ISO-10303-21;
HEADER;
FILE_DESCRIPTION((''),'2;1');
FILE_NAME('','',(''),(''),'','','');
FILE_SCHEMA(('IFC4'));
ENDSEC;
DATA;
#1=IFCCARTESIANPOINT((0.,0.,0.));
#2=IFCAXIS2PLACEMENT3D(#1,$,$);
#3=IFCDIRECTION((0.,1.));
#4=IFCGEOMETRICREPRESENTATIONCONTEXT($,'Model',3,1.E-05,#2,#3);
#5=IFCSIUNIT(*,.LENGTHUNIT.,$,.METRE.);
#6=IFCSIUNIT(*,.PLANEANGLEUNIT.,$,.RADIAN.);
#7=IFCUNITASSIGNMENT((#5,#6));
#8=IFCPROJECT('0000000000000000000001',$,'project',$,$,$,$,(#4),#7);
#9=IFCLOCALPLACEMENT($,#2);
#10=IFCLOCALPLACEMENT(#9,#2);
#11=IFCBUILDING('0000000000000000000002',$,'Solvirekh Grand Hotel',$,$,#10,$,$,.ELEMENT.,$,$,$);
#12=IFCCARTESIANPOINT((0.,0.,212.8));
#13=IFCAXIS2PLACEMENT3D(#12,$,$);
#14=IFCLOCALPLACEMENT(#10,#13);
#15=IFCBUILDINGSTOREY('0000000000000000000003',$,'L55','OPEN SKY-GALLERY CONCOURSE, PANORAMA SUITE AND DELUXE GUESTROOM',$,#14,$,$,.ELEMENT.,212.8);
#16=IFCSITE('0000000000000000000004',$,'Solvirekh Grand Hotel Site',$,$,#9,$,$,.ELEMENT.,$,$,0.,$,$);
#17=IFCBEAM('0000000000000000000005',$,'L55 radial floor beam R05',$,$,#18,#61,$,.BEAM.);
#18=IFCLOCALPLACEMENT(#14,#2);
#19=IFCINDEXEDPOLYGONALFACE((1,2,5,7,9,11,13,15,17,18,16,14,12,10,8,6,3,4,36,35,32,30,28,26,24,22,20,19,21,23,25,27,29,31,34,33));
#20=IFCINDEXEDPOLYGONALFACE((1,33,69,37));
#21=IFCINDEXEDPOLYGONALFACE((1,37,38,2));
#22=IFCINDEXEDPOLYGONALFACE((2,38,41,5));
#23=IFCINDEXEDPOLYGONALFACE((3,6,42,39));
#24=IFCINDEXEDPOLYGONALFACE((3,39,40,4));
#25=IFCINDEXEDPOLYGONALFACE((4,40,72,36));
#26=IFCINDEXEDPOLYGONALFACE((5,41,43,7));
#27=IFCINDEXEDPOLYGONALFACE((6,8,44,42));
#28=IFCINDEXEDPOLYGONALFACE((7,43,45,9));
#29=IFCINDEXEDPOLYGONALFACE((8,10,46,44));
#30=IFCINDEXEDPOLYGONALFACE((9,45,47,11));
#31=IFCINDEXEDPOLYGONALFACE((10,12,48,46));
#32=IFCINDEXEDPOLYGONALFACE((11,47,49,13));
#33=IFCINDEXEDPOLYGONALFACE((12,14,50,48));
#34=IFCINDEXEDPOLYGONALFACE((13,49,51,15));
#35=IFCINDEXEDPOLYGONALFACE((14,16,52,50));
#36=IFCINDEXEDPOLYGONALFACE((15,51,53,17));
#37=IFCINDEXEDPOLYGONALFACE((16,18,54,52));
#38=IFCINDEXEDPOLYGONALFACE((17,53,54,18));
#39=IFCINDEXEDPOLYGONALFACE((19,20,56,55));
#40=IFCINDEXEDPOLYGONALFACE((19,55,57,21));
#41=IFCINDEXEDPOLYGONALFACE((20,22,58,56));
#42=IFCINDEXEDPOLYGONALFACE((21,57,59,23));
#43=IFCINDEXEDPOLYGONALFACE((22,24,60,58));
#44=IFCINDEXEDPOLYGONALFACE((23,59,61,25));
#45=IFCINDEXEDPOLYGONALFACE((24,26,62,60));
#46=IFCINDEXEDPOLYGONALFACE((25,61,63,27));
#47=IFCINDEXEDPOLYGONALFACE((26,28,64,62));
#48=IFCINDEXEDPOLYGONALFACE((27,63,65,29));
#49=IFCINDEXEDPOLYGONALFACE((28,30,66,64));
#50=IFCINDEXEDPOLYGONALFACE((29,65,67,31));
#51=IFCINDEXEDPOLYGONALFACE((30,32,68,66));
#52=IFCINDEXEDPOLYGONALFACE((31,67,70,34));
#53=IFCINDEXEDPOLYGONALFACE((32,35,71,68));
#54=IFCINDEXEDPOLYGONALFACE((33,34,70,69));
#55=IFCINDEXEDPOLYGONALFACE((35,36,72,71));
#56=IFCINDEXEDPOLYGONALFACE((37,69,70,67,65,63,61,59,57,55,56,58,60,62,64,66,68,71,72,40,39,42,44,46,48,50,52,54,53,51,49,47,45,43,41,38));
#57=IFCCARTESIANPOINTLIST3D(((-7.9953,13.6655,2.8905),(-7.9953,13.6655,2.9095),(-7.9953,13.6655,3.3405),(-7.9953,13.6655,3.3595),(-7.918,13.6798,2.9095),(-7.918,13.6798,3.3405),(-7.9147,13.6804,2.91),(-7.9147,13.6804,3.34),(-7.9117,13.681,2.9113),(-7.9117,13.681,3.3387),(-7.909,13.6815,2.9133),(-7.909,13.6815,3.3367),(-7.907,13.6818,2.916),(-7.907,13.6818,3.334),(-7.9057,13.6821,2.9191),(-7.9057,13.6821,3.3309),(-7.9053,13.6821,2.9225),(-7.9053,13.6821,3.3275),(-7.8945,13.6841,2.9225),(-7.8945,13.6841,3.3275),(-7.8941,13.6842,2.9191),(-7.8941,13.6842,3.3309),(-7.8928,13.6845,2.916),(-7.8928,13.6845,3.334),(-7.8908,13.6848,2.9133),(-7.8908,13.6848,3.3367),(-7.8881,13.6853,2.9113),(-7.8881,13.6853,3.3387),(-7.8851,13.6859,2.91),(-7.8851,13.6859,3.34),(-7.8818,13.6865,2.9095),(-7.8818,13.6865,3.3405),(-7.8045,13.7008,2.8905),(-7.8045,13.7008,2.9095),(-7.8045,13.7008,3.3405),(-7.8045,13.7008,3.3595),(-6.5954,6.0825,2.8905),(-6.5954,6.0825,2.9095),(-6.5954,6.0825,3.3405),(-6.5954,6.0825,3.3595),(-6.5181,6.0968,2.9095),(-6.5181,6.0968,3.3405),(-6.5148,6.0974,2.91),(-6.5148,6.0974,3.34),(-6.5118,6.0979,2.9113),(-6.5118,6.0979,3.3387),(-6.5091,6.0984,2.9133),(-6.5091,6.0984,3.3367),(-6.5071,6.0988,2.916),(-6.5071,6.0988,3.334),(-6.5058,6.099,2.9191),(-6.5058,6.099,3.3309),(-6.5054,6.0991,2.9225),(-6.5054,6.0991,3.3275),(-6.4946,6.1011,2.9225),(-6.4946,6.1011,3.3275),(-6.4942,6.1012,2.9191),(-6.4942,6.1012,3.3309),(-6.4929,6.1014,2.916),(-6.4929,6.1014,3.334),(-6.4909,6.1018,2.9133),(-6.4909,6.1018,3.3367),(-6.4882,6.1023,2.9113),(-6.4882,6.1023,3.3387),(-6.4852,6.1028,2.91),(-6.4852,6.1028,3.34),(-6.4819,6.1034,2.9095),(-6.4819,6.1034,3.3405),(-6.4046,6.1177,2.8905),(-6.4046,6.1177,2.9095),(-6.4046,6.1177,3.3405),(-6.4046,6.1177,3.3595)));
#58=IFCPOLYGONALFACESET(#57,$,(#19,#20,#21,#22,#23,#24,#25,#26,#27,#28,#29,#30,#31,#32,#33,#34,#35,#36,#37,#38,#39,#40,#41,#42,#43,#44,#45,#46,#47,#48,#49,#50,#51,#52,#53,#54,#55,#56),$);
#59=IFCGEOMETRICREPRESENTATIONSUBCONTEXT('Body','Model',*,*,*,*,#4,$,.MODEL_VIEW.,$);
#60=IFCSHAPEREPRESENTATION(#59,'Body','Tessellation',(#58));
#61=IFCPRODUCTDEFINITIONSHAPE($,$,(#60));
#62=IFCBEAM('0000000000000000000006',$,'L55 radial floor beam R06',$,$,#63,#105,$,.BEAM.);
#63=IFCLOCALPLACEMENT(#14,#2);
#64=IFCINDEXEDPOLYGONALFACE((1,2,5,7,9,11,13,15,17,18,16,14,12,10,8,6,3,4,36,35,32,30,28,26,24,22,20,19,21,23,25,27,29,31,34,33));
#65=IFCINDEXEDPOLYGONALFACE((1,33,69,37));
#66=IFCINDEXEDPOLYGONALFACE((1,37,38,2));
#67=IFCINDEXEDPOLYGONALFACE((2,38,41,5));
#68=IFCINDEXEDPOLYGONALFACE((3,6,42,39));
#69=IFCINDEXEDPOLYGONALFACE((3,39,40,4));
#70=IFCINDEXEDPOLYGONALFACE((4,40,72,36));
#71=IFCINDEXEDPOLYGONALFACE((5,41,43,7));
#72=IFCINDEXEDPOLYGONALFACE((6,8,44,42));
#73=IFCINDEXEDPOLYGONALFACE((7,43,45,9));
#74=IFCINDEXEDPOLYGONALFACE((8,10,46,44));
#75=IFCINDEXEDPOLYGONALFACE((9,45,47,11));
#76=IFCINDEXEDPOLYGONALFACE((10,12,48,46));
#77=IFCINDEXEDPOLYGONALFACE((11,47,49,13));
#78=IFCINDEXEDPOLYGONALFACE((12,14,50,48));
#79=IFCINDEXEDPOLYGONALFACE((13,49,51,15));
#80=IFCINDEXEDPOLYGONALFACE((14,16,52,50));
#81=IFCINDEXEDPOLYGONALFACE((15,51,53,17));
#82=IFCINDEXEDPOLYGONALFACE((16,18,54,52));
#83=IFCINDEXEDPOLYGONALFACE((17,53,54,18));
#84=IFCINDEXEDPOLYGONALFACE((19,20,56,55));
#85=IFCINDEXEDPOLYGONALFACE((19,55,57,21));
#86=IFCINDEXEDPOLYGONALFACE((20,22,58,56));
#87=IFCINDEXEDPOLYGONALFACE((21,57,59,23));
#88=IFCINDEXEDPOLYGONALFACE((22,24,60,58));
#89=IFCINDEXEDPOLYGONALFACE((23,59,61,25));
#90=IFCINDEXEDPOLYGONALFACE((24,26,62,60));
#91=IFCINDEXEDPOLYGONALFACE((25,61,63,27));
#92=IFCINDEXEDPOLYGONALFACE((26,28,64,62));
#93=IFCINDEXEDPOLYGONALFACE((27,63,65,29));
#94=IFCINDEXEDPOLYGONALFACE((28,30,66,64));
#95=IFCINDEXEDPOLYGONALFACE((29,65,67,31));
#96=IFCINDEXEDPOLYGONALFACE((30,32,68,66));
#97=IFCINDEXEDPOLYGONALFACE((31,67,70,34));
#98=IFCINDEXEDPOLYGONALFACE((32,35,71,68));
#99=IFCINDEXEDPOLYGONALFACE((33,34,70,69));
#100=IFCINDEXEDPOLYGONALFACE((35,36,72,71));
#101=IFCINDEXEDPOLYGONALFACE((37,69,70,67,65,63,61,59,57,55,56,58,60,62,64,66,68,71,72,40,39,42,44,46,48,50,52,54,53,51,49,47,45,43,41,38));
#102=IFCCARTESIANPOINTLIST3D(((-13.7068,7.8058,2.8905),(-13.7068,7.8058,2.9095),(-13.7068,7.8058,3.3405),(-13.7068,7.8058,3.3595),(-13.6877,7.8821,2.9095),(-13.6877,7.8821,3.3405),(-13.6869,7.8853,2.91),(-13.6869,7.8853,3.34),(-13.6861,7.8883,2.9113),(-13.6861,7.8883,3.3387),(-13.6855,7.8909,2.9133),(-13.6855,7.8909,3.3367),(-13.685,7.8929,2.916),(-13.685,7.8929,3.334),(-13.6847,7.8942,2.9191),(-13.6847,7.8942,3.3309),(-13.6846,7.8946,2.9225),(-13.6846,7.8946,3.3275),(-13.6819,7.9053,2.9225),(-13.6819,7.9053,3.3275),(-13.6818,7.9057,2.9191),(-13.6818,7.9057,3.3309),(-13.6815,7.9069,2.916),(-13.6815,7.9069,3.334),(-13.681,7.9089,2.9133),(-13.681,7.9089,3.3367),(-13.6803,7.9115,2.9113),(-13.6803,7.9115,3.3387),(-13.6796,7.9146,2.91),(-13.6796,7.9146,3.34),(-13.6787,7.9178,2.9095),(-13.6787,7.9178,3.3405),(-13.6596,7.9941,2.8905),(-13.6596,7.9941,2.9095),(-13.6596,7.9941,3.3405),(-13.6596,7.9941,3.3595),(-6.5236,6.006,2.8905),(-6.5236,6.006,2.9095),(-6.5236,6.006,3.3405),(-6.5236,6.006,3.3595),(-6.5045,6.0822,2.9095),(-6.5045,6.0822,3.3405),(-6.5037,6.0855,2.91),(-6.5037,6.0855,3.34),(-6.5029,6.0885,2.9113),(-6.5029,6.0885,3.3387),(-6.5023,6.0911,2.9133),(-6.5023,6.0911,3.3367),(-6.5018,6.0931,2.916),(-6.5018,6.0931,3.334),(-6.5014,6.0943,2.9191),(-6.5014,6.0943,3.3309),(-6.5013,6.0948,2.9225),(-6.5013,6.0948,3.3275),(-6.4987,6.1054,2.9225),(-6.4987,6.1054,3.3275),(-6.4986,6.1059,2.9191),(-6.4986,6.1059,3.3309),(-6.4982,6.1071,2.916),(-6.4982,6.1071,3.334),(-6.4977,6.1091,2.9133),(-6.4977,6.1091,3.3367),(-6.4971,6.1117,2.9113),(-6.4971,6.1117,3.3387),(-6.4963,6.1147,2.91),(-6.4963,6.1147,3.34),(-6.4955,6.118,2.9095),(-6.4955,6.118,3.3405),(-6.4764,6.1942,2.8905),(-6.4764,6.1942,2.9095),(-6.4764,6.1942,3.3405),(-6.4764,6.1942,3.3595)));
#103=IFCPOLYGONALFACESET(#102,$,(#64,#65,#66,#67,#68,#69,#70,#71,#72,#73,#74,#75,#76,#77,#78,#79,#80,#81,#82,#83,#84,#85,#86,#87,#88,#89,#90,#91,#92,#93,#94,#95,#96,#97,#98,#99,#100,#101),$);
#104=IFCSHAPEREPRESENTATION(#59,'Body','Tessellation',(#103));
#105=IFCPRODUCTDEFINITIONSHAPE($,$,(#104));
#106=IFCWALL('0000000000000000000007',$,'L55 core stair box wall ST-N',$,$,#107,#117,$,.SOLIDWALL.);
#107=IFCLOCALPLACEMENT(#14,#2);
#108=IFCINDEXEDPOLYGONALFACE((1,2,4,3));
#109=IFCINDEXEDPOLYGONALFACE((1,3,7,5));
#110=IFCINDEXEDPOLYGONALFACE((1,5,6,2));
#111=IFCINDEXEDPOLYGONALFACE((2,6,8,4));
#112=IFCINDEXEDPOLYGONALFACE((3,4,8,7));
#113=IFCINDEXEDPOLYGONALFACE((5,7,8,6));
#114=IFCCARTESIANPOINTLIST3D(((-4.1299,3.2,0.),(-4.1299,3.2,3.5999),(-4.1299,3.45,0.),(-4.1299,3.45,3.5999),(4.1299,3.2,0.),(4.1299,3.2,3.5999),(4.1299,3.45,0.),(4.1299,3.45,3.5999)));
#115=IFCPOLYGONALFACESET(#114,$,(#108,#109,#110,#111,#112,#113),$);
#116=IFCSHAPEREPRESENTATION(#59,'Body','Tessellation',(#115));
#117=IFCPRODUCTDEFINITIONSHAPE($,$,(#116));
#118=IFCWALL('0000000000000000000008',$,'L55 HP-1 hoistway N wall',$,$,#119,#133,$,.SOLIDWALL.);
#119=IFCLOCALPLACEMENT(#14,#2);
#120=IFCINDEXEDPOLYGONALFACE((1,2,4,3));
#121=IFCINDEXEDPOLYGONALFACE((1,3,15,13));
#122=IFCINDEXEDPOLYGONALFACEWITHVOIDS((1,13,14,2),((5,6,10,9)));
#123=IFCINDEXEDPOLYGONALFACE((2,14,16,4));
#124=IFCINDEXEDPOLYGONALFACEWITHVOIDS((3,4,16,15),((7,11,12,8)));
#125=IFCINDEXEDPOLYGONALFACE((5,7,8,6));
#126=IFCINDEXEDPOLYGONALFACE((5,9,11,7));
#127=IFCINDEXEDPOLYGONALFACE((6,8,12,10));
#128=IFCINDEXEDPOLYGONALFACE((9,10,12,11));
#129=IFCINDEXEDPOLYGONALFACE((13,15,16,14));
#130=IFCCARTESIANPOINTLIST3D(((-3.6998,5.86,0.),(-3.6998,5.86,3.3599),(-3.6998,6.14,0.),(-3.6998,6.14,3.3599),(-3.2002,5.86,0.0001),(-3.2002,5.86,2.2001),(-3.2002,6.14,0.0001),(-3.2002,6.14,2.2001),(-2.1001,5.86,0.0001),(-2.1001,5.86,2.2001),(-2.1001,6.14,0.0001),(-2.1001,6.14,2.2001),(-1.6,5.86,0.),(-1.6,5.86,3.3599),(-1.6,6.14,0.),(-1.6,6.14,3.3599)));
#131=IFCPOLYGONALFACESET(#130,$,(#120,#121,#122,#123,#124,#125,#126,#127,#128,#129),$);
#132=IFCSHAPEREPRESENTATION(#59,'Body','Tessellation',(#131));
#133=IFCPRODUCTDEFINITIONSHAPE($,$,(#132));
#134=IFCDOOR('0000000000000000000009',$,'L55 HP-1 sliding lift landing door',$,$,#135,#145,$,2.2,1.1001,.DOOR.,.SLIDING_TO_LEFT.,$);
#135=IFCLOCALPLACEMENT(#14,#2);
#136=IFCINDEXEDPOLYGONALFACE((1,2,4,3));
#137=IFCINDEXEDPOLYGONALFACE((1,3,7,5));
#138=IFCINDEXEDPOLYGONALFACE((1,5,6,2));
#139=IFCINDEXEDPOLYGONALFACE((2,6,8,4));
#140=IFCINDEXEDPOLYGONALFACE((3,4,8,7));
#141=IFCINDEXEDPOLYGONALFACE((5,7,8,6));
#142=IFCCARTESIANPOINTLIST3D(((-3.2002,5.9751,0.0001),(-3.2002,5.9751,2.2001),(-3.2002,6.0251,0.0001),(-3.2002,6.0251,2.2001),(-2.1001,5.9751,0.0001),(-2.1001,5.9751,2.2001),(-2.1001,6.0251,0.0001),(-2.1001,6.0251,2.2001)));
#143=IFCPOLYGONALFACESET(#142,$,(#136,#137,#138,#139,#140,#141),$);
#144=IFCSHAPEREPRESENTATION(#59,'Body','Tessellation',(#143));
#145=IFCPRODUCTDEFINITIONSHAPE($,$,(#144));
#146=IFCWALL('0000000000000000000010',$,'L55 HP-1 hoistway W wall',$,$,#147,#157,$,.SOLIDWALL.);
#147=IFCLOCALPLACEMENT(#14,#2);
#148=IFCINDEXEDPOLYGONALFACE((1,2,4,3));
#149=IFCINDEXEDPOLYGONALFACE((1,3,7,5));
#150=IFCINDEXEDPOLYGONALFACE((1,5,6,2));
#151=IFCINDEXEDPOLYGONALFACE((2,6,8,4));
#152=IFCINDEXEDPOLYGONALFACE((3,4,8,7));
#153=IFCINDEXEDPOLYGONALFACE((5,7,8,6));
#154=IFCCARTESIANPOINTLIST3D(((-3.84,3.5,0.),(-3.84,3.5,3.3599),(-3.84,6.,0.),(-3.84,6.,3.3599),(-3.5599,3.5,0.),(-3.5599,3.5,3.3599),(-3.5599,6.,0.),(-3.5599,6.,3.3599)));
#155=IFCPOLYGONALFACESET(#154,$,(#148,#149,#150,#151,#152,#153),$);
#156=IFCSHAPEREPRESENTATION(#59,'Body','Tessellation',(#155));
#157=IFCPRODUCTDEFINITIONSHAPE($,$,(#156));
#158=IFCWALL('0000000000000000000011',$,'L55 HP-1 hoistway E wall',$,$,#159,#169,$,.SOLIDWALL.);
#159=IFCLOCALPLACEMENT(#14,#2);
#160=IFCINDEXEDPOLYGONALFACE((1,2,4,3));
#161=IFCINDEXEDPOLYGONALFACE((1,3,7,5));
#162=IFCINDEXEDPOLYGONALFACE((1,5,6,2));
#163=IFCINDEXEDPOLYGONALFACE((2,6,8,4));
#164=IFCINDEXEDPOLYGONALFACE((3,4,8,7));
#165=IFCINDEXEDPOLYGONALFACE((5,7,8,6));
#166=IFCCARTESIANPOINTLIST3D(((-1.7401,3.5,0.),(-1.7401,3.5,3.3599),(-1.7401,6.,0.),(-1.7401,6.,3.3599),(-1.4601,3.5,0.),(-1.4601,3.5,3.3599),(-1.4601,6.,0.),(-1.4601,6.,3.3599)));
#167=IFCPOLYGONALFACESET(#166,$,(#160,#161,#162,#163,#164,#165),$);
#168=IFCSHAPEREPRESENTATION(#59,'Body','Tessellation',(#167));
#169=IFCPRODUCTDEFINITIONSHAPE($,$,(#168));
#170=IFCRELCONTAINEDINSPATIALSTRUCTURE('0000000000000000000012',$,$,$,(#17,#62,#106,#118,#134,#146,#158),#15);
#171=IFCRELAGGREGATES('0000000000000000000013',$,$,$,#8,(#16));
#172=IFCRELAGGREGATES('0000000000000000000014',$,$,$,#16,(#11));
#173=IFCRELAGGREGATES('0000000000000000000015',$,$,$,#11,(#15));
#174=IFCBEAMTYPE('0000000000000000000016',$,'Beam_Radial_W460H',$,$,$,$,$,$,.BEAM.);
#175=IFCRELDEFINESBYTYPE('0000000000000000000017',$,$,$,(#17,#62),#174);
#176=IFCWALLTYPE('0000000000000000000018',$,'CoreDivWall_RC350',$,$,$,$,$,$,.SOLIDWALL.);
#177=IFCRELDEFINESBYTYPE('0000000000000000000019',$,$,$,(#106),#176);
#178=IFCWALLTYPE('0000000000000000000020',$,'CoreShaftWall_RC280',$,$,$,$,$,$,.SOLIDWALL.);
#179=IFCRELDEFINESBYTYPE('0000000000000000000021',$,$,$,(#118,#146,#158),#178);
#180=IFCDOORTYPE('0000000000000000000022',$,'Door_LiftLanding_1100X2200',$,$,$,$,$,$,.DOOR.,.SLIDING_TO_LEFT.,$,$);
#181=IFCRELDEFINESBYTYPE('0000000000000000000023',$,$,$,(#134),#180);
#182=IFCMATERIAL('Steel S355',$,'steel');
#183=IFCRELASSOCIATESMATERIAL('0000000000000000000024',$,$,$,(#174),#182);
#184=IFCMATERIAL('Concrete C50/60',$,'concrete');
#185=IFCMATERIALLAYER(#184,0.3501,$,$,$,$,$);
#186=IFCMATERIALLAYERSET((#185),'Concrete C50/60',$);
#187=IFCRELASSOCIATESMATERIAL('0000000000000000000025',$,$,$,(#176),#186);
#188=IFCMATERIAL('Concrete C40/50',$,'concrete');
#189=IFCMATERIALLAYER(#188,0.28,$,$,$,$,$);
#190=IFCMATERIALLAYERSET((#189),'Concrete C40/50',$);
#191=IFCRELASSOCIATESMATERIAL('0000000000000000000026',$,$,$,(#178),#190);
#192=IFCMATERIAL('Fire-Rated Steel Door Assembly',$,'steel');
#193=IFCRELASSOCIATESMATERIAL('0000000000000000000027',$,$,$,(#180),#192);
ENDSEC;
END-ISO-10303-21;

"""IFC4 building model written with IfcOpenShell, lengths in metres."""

from ifc_helpers import new_model, si_unit, direction, frame, frame_2d, origin, origin_2d, place, context, subcontext, project, spatial, rectangle, i_section, extrude, material, layer, layer_set, material_profile, profile_set, type_object, element, fill, save


model = new_model("IFC4")

# Units and contexts
model_context = context("Model", 3, precision=1e-05, world=origin(), true_north=direction((0.0, 1.0)))
body_context = subcontext(model_context, "Body", "Model", "MODEL_VIEW")
ifc_project = project(units=[si_unit("LENGTHUNIT", "METRE"), si_unit("PLANEANGLEUNIT", "RADIAN")], contexts=[model_context])

# Site, building, storey
site_placement = place(None, origin())
site = spatial("IfcSite", under=ifc_project, at=site_placement, Name="Solvirekh Grand Hotel Site", CompositionType="ELEMENT", RefElevation=0.0)
building_placement = place(site_placement, origin())
building = spatial("IfcBuilding", under=site, at=building_placement, Name="Solvirekh Grand Hotel", CompositionType="ELEMENT")
storey_placement = place(building_placement, frame((0.0, 0.0, 212.8)))
storey = spatial("IfcBuildingStorey", under=building, at=storey_placement, Name="L55", Description="OPEN SKY-GALLERY CONCOURSE, PANORAMA SUITE AND DELUXE GUESTROOM", CompositionType="ELEMENT", Elevation=212.8)

# Beams
ifc_material_1 = material(Name="Steel S355", Category="steel")
ifc_material_profile = material_profile(ifc_material_1, i_section(OverallWidth=0.1941, OverallDepth=0.469, WebThickness=0.011, FlangeThickness=0.019, FilletRadius=0.0129, at=origin_2d()), Name="W460X106")
ifc_profile_set = profile_set([ifc_material_profile], Name="Steel S355")
beam_type = type_object("IfcBeamType", Name="Beam_Radial_W460H", PredefinedType="BEAM", material=ifc_profile_set)
beam_1_placement = place(storey_placement, frame((-6.5, 6.1001, 3.125), z_axis=(-0.181543, 0.983383, 0.0), x_axis=(-0.983383, -0.181543, 0.0)))
element("IfcBeam", 1, at=beam_1_placement, inside=storey, type_object=beam_type, Name="L55 radial floor beam R05", PredefinedType="BEAM", context=body_context, shape_type="SweptSolid", body=[
    extrude(i_section(OverallWidth=0.1941, OverallDepth=0.469, WebThickness=0.011, FlangeThickness=0.019, FilletRadius=0.0129, at=origin_2d()), origin(), (0.0, 0.0, 1.0), 7.7112),
])
beam_2_placement = place(storey_placement, frame((-6.5, 6.1001, 3.125), z_axis=(-0.970014, 0.243048, 0.0), x_axis=(-0.243048, -0.970014, 0.0)))
element("IfcBeam", 2, at=beam_2_placement, inside=storey, type_object=beam_type, Name="L55 radial floor beam R06", PredefinedType="BEAM", context=body_context, shape_type="SweptSolid", body=[
    extrude(i_section(OverallWidth=0.1941, OverallDepth=0.469, WebThickness=0.011, FlangeThickness=0.019, FilletRadius=0.0129, at=origin_2d()), origin(), (0.0, 0.0, 1.0), 7.4053),
])

# Wall
ifc_material_2 = material(Name="Concrete C50/60", Category="concrete")
ifc_layer_1 = layer(ifc_material_2, 0.3501)
ifc_layer_set_1 = layer_set([ifc_layer_1], Name="Concrete C50/60")
wall_type_1 = type_object("IfcWallType", Name="CoreDivWall_RC350", PredefinedType="SOLIDWALL", material=ifc_layer_set_1)
wall_1_placement = place(storey_placement, frame((-4.1299, 3.325, 0.0), z_axis=(0.0, 0.0, 1.0), x_axis=(1.0, 0.0, 0.0)))
element("IfcWall", 3, at=wall_1_placement, inside=storey, type_object=wall_type_1, Name="L55 core stair box wall ST-N", PredefinedType="SOLIDWALL", context=body_context, shape_type="SweptSolid", body=[
    extrude(rectangle(XDim=8.2598, YDim=0.25, at=frame_2d((4.1299, 0.0))), origin(), (0.0, 0.0, 1.0), 3.5999),
])

# Wall, opening, door
ifc_material_3 = material(Name="Concrete C40/50", Category="concrete")
ifc_layer_2 = layer(ifc_material_3, 0.28)
ifc_layer_set_2 = layer_set([ifc_layer_2], Name="Concrete C40/50")
wall_type_2 = type_object("IfcWallType", Name="CoreShaftWall_RC280", PredefinedType="SOLIDWALL", material=ifc_layer_set_2)
wall_2_placement = place(storey_placement, frame((-1.6001, 6.0, 0.0), z_axis=(0.0, 0.0, 1.0), x_axis=(-1.0, 0.0, 0.0)))
wall_2 = element("IfcWall", 4, at=wall_2_placement, inside=storey, type_object=wall_type_2, Name="L55 HP-1 hoistway N wall", PredefinedType="SOLIDWALL", context=body_context, shape_type="SweptSolid", body=[
    extrude(rectangle(XDim=2.0999, YDim=0.28, at=frame_2d((1.0498, 0.0))), origin(), (0.0, 0.0, 1.0), 3.3599),
])
opening_1_placement = place(wall_2_placement, frame((0.5, 0.0, 0.0)))
opening_1 = element("IfcOpeningElement", 5, at=opening_1_placement, cuts=wall_2, PredefinedType="OPENING", context=body_context, shape_type="SweptSolid", body=[
    extrude(rectangle(XDim=1.1001, YDim=2.2, at=frame_2d((0.55, 1.1001))), frame((0.0, 0.1499, 0.0), z_axis=(0.0, -1.0, 0.0), x_axis=(1.0, 0.0, 0.0)), (0.0, 0.0, 1.0), 0.3),
])
ifc_material_4 = material(Name="Fire-Rated Steel Door Assembly", Category="steel")
door_type_1 = type_object("IfcDoorType", Name="Door_LiftLanding_1100X2200", OperationType="SLIDING_TO_LEFT", PredefinedType="DOOR", material=ifc_material_4)
door_1_placement = place(opening_1_placement, origin())
door_1 = element("IfcDoor", 6, at=door_1_placement, inside=storey, type_object=door_type_1, Name="L55 HP-1 sliding lift landing door", OperationType="SLIDING_TO_LEFT", OverallHeight=2.2, OverallWidth=1.1001, PredefinedType="DOOR", context=body_context, shape_type="SweptSolid", body=[
    extrude(rectangle(XDim=1.1001, YDim=2.2, at=frame_2d((0.55, 1.1001))), frame((0.0, 0.0249, 0.0), z_axis=(0.0, -1.0, 0.0), x_axis=(1.0, 0.0, 0.0)), (0.0, 0.0, 1.0), 0.05),
])
fill(opening_1, door_1)

# Walls
for number, where, z_axis, x_axis, name in (
    (7, (-3.7, 6.0, 0.0), (0.0, 0.0, 1.0), (0.0, -1.0, 0.0), "L55 HP-1 hoistway W wall"),
    (8, (-1.6001, 3.5, 0.0), (0.0, 0.0, 1.0), (0.0, 1.0, 0.0), "L55 HP-1 hoistway E wall"),
):
    element("IfcWall", number, at=place(storey_placement, frame(where, z_axis=z_axis, x_axis=x_axis)), inside=storey, type_object=wall_type_2, Name=name, PredefinedType="SOLIDWALL", context=body_context, shape_type="SweptSolid", body=[
        extrude(rectangle(XDim=2.5, YDim=0.28, at=frame_2d((1.25, 0.0))), origin(), (0.0, 0.0, 1.0), 3.3599),
    ])

save(model, "model.ifc")
